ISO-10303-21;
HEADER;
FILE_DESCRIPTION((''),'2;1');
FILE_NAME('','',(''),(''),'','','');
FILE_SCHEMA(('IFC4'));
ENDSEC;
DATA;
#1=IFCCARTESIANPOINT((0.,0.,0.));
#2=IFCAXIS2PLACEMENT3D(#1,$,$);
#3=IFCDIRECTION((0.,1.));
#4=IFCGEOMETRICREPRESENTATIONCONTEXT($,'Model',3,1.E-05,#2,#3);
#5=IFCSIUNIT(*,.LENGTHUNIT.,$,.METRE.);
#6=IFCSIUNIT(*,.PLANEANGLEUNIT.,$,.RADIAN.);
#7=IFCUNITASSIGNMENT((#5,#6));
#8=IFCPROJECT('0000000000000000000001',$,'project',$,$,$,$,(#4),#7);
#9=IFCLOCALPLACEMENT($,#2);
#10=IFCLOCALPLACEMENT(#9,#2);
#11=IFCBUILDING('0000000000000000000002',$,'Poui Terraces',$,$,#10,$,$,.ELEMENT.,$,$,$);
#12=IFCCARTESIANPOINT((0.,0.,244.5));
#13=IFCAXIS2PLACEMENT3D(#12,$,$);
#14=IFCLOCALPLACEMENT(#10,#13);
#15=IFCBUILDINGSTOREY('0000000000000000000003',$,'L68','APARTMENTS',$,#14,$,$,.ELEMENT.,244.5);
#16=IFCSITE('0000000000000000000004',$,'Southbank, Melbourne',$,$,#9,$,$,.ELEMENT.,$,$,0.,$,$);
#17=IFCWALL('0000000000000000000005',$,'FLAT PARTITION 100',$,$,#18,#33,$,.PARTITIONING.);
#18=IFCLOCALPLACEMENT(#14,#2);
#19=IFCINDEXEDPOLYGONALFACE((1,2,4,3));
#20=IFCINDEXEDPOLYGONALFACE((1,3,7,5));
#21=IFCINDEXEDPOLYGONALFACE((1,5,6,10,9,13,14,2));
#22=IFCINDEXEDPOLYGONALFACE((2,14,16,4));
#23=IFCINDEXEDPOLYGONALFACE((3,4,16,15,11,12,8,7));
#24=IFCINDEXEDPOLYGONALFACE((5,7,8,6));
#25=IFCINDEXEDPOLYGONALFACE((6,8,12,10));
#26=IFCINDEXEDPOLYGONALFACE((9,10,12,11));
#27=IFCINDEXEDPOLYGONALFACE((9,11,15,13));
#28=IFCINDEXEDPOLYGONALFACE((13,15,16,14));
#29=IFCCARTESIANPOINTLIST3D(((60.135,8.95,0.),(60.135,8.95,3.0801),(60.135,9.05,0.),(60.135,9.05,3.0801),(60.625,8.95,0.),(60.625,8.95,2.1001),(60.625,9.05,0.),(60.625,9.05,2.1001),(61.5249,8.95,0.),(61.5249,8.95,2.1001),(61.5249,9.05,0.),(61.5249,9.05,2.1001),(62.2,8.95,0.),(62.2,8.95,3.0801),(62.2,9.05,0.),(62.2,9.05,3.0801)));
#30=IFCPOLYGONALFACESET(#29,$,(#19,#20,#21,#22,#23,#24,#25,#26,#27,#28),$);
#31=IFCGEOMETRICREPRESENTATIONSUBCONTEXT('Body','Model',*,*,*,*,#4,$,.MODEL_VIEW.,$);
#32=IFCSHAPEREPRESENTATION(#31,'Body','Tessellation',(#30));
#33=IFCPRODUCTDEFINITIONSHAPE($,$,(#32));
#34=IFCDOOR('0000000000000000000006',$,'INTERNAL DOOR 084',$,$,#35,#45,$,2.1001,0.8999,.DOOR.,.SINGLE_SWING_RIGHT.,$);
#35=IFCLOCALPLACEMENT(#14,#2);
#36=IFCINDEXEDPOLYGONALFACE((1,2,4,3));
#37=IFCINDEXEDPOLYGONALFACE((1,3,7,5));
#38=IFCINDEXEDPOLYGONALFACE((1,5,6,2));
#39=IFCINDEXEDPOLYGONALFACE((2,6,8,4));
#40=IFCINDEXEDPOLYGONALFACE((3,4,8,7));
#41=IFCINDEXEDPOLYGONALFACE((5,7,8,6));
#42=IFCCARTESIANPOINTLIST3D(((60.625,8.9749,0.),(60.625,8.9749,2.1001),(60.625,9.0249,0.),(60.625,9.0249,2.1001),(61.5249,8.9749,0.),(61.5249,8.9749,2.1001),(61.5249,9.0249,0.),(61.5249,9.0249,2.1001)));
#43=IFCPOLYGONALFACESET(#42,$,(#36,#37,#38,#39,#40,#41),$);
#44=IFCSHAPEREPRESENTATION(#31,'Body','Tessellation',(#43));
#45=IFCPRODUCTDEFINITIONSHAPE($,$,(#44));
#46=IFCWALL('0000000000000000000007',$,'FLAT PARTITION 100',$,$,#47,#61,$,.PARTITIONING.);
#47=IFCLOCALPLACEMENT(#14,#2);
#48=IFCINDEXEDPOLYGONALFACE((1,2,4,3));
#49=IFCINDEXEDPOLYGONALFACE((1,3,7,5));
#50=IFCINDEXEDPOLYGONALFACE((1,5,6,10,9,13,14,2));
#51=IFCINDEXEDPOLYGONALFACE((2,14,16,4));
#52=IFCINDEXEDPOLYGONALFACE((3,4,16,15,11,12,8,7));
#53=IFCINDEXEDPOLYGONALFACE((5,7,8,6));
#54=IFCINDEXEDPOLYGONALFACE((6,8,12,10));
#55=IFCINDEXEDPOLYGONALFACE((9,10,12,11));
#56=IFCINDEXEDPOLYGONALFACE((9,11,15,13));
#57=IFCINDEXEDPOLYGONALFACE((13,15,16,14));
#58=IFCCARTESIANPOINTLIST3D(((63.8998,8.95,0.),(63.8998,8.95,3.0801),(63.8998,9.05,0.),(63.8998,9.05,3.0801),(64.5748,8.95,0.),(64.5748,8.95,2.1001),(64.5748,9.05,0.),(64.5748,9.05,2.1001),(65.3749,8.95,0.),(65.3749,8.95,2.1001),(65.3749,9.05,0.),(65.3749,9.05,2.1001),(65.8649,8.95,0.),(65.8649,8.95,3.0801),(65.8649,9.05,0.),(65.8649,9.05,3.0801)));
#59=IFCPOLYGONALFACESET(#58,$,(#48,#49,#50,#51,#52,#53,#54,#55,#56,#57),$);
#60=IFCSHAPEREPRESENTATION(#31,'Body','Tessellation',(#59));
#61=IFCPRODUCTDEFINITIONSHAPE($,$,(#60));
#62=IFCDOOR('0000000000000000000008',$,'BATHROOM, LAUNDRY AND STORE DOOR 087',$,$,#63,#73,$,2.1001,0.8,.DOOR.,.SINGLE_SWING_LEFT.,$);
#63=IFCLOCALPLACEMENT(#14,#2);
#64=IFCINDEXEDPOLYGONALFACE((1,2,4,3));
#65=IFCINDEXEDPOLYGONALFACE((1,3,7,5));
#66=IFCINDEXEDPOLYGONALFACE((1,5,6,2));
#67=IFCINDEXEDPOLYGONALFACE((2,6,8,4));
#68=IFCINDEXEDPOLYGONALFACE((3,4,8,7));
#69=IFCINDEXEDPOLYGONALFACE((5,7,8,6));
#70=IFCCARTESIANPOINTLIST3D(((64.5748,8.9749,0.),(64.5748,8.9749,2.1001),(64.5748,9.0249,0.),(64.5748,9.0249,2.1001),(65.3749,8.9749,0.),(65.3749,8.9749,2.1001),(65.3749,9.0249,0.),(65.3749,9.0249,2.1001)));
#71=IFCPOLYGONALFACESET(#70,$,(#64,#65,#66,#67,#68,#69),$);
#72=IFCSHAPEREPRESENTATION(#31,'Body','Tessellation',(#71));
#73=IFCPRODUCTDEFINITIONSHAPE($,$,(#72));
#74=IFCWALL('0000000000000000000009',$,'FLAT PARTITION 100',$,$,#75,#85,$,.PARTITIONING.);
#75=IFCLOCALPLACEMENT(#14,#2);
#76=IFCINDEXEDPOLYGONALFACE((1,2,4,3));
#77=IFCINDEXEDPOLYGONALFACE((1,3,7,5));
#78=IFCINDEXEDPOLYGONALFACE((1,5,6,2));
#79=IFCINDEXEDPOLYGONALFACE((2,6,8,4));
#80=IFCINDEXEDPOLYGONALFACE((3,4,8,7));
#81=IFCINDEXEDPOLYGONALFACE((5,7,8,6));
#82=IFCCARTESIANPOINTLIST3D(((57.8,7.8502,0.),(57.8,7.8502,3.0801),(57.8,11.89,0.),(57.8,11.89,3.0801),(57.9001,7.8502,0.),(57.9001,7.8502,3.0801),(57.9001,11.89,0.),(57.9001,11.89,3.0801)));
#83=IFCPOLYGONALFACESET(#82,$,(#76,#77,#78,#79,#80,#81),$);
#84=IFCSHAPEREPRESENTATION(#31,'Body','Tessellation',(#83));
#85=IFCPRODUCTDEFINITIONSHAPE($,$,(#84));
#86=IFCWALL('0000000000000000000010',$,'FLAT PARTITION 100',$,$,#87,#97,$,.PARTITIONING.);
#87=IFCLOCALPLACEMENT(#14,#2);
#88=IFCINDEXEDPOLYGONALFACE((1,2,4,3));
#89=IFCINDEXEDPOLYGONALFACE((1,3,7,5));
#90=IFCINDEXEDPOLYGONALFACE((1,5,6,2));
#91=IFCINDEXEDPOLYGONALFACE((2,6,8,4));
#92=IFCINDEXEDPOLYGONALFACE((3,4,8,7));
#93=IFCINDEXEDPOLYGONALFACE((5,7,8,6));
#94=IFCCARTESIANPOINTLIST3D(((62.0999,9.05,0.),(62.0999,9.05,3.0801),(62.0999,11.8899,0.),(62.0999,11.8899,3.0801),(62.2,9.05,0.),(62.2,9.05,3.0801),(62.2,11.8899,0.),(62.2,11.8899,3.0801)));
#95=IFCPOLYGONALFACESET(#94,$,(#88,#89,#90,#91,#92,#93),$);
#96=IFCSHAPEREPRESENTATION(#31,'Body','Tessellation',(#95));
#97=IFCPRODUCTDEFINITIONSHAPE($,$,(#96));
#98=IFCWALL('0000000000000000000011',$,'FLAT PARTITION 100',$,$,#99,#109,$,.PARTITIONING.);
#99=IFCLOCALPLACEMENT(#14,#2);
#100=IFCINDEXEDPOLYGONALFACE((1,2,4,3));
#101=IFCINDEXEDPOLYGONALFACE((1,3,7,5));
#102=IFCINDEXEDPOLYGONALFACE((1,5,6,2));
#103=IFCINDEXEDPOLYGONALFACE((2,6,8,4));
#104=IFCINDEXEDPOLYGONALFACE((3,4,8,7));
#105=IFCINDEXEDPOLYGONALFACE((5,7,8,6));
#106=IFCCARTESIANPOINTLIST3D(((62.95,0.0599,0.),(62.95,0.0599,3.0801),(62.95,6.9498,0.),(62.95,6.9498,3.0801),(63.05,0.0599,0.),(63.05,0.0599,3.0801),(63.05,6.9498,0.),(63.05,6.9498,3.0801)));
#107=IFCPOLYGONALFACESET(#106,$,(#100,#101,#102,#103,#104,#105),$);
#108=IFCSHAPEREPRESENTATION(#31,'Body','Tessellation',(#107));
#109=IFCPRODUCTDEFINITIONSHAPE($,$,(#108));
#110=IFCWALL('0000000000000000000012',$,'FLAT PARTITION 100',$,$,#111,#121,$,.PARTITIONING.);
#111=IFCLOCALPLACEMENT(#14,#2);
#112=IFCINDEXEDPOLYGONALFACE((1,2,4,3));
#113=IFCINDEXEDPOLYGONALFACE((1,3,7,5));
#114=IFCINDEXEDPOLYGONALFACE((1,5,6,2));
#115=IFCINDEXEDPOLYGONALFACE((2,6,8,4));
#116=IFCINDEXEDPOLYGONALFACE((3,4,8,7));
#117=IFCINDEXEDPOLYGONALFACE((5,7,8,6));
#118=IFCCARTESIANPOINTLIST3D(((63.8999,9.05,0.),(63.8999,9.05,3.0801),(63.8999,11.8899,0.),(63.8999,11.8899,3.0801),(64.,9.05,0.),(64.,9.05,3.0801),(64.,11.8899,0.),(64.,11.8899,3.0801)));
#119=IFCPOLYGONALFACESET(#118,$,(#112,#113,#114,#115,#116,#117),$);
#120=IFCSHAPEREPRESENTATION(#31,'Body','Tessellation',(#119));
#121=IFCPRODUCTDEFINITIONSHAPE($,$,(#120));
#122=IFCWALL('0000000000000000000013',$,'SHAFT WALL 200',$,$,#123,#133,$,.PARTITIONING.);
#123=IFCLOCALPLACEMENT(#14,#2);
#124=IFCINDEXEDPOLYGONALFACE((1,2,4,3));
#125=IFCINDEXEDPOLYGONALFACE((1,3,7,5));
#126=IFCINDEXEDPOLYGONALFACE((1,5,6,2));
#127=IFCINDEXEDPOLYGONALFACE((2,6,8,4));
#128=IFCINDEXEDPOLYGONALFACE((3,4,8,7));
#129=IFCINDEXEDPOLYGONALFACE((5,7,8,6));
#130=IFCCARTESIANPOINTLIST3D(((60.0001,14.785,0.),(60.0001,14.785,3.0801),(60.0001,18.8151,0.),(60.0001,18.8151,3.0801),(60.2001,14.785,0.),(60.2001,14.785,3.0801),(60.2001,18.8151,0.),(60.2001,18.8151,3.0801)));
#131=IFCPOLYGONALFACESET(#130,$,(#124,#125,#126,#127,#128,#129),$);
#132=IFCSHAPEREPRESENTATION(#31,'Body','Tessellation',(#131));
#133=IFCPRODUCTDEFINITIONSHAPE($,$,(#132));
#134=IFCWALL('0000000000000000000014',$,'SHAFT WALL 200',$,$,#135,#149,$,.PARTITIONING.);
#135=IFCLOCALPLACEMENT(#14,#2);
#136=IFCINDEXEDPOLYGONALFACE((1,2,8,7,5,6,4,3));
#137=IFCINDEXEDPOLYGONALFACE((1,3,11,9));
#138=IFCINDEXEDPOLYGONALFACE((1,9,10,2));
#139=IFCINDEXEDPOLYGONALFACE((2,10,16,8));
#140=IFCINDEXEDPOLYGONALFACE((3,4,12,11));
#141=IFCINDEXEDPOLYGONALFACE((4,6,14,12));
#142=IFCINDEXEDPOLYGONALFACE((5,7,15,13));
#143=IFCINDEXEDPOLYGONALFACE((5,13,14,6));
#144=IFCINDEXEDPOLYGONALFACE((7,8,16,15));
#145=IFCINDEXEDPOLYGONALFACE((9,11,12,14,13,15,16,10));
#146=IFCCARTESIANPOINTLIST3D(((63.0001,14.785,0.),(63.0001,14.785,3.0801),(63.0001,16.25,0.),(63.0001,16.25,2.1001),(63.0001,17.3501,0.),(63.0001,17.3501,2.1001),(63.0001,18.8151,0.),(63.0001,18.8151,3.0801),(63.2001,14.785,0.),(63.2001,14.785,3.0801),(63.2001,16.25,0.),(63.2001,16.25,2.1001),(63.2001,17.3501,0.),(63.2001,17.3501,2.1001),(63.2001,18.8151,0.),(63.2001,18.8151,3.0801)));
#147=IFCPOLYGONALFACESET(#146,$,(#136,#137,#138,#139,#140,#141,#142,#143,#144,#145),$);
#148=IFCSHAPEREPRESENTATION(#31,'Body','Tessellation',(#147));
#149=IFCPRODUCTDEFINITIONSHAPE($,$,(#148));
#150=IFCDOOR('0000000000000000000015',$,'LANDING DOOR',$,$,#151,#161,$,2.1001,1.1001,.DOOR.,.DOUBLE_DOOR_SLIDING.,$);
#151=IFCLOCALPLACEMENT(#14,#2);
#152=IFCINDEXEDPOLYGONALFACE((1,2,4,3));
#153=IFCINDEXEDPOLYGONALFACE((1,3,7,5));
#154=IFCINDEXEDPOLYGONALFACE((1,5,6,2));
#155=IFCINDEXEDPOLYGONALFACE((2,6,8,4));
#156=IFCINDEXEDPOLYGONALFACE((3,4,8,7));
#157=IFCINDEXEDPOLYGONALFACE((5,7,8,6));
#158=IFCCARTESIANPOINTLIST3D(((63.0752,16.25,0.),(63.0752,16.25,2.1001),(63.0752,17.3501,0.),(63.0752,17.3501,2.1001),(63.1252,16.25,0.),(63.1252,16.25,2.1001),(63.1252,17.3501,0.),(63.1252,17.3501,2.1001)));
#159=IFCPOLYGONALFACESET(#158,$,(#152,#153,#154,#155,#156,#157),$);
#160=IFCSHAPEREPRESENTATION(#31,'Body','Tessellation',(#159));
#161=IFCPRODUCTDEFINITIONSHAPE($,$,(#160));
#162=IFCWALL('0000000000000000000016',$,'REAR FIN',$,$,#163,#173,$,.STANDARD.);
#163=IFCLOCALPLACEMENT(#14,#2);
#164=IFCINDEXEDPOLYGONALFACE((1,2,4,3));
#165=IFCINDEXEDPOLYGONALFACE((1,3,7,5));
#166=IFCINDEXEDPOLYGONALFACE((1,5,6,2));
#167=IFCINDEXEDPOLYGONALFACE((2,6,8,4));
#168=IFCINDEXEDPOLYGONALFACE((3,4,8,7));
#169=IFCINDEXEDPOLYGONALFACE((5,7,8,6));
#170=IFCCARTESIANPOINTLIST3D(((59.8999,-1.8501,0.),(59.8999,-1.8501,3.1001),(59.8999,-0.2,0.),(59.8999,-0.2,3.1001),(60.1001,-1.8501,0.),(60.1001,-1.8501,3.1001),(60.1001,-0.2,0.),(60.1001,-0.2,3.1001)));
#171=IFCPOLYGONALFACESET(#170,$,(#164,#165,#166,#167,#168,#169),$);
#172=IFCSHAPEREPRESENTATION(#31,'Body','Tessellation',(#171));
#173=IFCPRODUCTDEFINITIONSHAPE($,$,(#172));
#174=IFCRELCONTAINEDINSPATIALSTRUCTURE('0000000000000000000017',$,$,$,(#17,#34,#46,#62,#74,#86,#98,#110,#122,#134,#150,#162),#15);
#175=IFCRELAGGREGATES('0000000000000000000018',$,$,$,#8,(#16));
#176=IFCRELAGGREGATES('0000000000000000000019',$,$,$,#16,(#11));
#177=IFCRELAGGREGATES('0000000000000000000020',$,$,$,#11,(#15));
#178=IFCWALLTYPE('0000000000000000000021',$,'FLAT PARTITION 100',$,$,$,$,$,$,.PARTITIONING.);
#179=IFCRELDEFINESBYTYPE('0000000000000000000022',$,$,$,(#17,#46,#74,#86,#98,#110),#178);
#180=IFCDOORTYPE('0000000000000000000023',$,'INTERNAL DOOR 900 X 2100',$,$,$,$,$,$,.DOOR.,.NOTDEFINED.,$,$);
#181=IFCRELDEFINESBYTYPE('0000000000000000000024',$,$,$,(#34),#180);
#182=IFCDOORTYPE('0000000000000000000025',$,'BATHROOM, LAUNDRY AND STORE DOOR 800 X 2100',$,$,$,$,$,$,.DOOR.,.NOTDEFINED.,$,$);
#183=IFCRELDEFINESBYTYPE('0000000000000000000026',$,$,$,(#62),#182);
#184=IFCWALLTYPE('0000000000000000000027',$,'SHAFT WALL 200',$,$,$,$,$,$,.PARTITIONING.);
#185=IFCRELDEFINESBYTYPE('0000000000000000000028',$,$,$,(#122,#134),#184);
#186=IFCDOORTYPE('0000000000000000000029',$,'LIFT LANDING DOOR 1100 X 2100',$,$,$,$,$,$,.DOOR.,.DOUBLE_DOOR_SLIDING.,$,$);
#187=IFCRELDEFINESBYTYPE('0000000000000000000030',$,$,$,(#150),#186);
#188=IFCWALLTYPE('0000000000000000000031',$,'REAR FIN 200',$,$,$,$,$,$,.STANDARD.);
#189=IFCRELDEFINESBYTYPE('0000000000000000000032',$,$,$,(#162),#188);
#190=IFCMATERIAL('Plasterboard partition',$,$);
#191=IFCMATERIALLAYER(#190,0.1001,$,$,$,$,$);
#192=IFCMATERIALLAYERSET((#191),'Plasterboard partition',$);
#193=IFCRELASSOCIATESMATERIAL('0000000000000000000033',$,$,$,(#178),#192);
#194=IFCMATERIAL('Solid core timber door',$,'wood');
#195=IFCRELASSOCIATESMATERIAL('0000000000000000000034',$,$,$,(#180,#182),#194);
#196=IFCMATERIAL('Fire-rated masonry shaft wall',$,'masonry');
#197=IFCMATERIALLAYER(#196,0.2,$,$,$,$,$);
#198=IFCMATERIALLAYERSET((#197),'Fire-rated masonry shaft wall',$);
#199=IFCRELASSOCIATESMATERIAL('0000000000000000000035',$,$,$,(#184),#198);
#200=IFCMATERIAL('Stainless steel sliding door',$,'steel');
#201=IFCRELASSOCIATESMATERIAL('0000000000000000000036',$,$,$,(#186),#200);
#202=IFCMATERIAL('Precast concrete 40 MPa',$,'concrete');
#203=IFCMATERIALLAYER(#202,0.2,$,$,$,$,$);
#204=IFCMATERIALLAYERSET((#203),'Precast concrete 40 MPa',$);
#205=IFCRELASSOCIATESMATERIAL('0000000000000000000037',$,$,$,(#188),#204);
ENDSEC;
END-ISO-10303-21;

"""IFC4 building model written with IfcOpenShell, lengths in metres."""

from ifc_helpers import new_model, si_unit, direction, frame, frame_2d, origin, place, context, subcontext, project, spatial, polyline, rectangle, outline, extrude, source, transform, mapped, material, layer, layer_set, type_object, element, fill, save


model = new_model("IFC4")

# Units and contexts
model_context = context("Model", 3, precision=1e-05, world=origin(), true_north=direction((0.0, 1.0)))
body_context = subcontext(model_context, "Body", "Model", "MODEL_VIEW")
ifc_project = project(units=[si_unit("LENGTHUNIT", "METRE"), si_unit("PLANEANGLEUNIT", "RADIAN")], contexts=[model_context])

# Site, building, storey
site_placement = place(None, origin())
site = spatial("IfcSite", under=ifc_project, at=site_placement, Name="Southbank, Melbourne", CompositionType="ELEMENT", RefElevation=0.0)
building_placement = place(site_placement, origin())
building = spatial("IfcBuilding", under=site, at=building_placement, Name="Poui Terraces", CompositionType="ELEMENT")
storey_placement = place(building_placement, frame((0.0, 0.0, 244.5)))
storey = spatial("IfcBuildingStorey", under=building, at=storey_placement, Name="L68", Description="APARTMENTS", CompositionType="ELEMENT", Elevation=244.5)

# Shared definitions
ifc_material_1 = material(Name="Precast concrete 40 MPa", Category="concrete")

# Walls, openings, doors
ifc_material_2 = material(Name="Plasterboard partition")
ifc_layer_1 = layer(ifc_material_2, 0.1001)
ifc_layer_set_1 = layer_set([ifc_layer_1], Name="Plasterboard partition")
wall_type_1 = type_object("IfcWallType", Name="FLAT PARTITION 100", PredefinedType="PARTITIONING", material=ifc_layer_set_1)
ifc_material_3 = material(Name="Solid core timber door", Category="wood")
door_type_1 = type_object("IfcDoorType", Name="INTERNAL DOOR 900 X 2100", OperationType="NOTDEFINED", PredefinedType="DOOR", material=ifc_material_3)
wall_1_placement = place(storey_placement, frame((60.135, 9.0, 0.0), z_axis=(0.0, 0.0, 1.0), x_axis=(1.0, 0.0, 0.0)))
wall_1 = element("IfcWall", 1, at=wall_1_placement, inside=storey, type_object=wall_type_1, Name="FLAT PARTITION 100", PredefinedType="PARTITIONING", context=body_context, shape_type="SweptSolid", body=[
    extrude(rectangle(XDim=2.0649, YDim=0.1001, at=frame_2d((1.0325, 0.0))), origin(), (0.0, 0.0, 1.0), 3.0801),
])
opening_1_placement = place(wall_1_placement, frame((0.49, 0.0, 0.0)))
opening_1 = element("IfcOpeningElement", 2, at=opening_1_placement, cuts=wall_1, PredefinedType="OPENING", context=body_context, shape_type="SweptSolid", body=[
    extrude(rectangle(XDim=0.8999, YDim=2.1001, at=frame_2d((0.45, 1.05))), frame((0.0, 0.0601, 0.0), z_axis=(0.0, -1.0, 0.0), x_axis=(1.0, 0.0, 0.0)), (0.0, 0.0, 1.0), 0.1201),
])
door_1_placement = place(opening_1_placement, origin())
door_1 = element("IfcDoor", 3, at=door_1_placement, inside=storey, type_object=door_type_1, Name="INTERNAL DOOR 084", OperationType="SINGLE_SWING_RIGHT", OverallHeight=2.1001, OverallWidth=0.8999, PredefinedType="DOOR", context=body_context, shape_type="SweptSolid", body=[
    extrude(rectangle(XDim=0.8999, YDim=2.1001, at=frame_2d((0.45, 1.05))), frame((0.0, 0.0249, 0.0), z_axis=(0.0, -1.0, 0.0), x_axis=(1.0, 0.0, 0.0)), (0.0, 0.0, 1.0), 0.05),
])
fill(opening_1, door_1)
wall_2_placement = place(storey_placement, frame((63.8999, 9.0, 0.0), z_axis=(0.0, 0.0, 1.0), x_axis=(1.0, 0.0, 0.0)))
wall_2 = element("IfcWall", 4, at=wall_2_placement, inside=storey, type_object=wall_type_1, Name="FLAT PARTITION 100", PredefinedType="PARTITIONING", context=body_context, shape_type="SweptSolid", body=[
    extrude(rectangle(XDim=1.9651, YDim=0.1001, at=frame_2d((0.9824, 0.0))), origin(), (0.0, 0.0, 1.0), 3.0801),
])
opening_2_placement = place(wall_2_placement, frame((0.675, 0.0, 0.0)))
opening_2 = element("IfcOpeningElement", 5, at=opening_2_placement, cuts=wall_2, PredefinedType="OPENING", context=body_context, shape_type="SweptSolid", body=[
    extrude(rectangle(XDim=0.8, YDim=2.1001, at=frame_2d((0.3999, 1.05))), frame((0.0, 0.0601, 0.0), z_axis=(0.0, -1.0, 0.0), x_axis=(1.0, 0.0, 0.0)), (0.0, 0.0, 1.0), 0.1201),
])
door_type_2 = type_object("IfcDoorType", Name="BATHROOM, LAUNDRY AND STORE DOOR 800 X 2100", OperationType="NOTDEFINED", PredefinedType="DOOR", material=ifc_material_3)
door_2_placement = place(opening_2_placement, origin())
door_2 = element("IfcDoor", 6, at=door_2_placement, inside=storey, type_object=door_type_2, Name="BATHROOM, LAUNDRY AND STORE DOOR 087", OperationType="SINGLE_SWING_LEFT", OverallHeight=2.1001, OverallWidth=0.8, PredefinedType="DOOR", context=body_context, shape_type="SweptSolid", body=[
    extrude(rectangle(XDim=0.8, YDim=2.1001, at=frame_2d((0.3999, 1.05))), frame((0.0, 0.0249, 0.0), z_axis=(0.0, -1.0, 0.0), x_axis=(1.0, 0.0, 0.0)), (0.0, 0.0, 1.0), 0.05),
])
fill(opening_2, door_2)

# Walls
wall_3_placement = place(storey_placement, frame((57.8501, 7.8501, 0.0), z_axis=(0.0, 0.0, 1.0), x_axis=(0.0, 1.0, 0.0)))
element("IfcWall", 7, at=wall_3_placement, inside=storey, type_object=wall_type_1, Name="FLAT PARTITION 100", PredefinedType="PARTITIONING", context=body_context, shape_type="SweptSolid", body=[
    extrude(rectangle(XDim=4.0398, YDim=0.1001, at=frame_2d((2.02, 0.0))), origin(), (0.0, 0.0, 1.0), 3.0801),
])
wall_4_placement = place(storey_placement, frame((62.1499, 9.05, 0.0), z_axis=(0.0, 0.0, 1.0), x_axis=(0.0, 1.0, 0.0)))
element("IfcWall", 8, at=wall_4_placement, inside=storey, type_object=wall_type_1, Name="FLAT PARTITION 100", PredefinedType="PARTITIONING", context=body_context, shape_type="SweptSolid", body=[
    extrude(rectangle(XDim=2.8398, YDim=0.1001, at=frame_2d((1.4199, 0.0))), origin(), (0.0, 0.0, 1.0), 3.0801),
])
wall_5_placement = place(storey_placement, frame((63.0, 0.0601, 0.0), z_axis=(0.0, 0.0, 1.0), x_axis=(0.0, 1.0, 0.0)))
element("IfcWall", 9, at=wall_5_placement, inside=storey, type_object=wall_type_1, Name="FLAT PARTITION 100", PredefinedType="PARTITIONING", context=body_context, shape_type="SweptSolid", body=[
    extrude(rectangle(XDim=6.8899, YDim=0.1001, at=frame_2d((3.4448, 0.0))), origin(), (0.0, 0.0, 1.0), 3.0801),
])
wall_6_placement = place(storey_placement, frame((63.95, 9.05, 0.0), z_axis=(0.0, 0.0, 1.0), x_axis=(0.0, 1.0, 0.0)))
element("IfcWall", 10, at=wall_6_placement, inside=storey, type_object=wall_type_1, Name="FLAT PARTITION 100", PredefinedType="PARTITIONING", context=body_context, shape_type="SweptSolid", body=[
    extrude(rectangle(XDim=2.8398, YDim=0.1001, at=frame_2d((1.4199, 0.0))), origin(), (0.0, 0.0, 1.0), 3.0801),
])
ifc_material_4 = material(Name="Fire-rated masonry shaft wall", Category="masonry")
ifc_layer_2 = layer(ifc_material_4, 0.2)
ifc_layer_set_2 = layer_set([ifc_layer_2], Name="Fire-rated masonry shaft wall")
wall_type_2 = type_object("IfcWallType", Name="SHAFT WALL 200", PredefinedType="PARTITIONING", material=ifc_layer_set_2)
wall_7_placement = place(storey_placement, frame((60.1001, 14.7849, 0.0), z_axis=(0.0, 0.0, 1.0), x_axis=(0.0, 1.0, 0.0)))
element("IfcWall", 11, at=wall_7_placement, inside=storey, type_object=wall_type_2, Name="SHAFT WALL 200", PredefinedType="PARTITIONING", context=body_context, shape_type="SweptSolid", body=[
    extrude(rectangle(XDim=4.03, YDim=0.2, at=frame_2d((2.0151, 0.0))), origin(), (0.0, 0.0, 1.0), 3.0801),
])

# Wall, opening, door
wall_8_placement = place(storey_placement, frame((63.1001, 14.7849, 0.0), z_axis=(0.0, 0.0, 1.0), x_axis=(0.0, 1.0, 0.0)))
wall_8 = element("IfcWall", 12, at=wall_8_placement, inside=storey, type_object=wall_type_2, Name="SHAFT WALL 200", PredefinedType="PARTITIONING", context=body_context, shape_type="SweptSolid", body=[
    extrude(rectangle(XDim=4.03, YDim=0.2, at=frame_2d((2.0151, 0.0))), origin(), (0.0, 0.0, 1.0), 3.0801),
])
opening_3_placement = place(wall_8_placement, frame((1.4651, 0.0, 0.0)))
opening_3 = element("IfcOpeningElement", 13, at=opening_3_placement, cuts=wall_8, PredefinedType="OPENING", context=body_context, shape_type="SweptSolid", body=[
    extrude(rectangle(XDim=1.1001, YDim=2.1001, at=frame_2d((0.55, 1.05))), frame((0.0, 0.1099, 0.0), z_axis=(0.0, -1.0, 0.0), x_axis=(1.0, 0.0, 0.0)), (0.0, 0.0, 1.0), 0.22),
])
ifc_material_5 = material(Name="Stainless steel sliding door", Category="steel")
door_type_3 = type_object("IfcDoorType", Name="LIFT LANDING DOOR 1100 X 2100", OperationType="DOUBLE_DOOR_SLIDING", PredefinedType="DOOR", material=ifc_material_5)
door_3_placement = place(opening_3_placement, origin())
door_3 = element("IfcDoor", 14, at=door_3_placement, inside=storey, type_object=door_type_3, Name="LANDING DOOR", OperationType="DOUBLE_DOOR_SLIDING", OverallHeight=2.1001, OverallWidth=1.1001, PredefinedType="DOOR", context=body_context, shape_type="SweptSolid", body=[
    extrude(rectangle(XDim=1.1001, YDim=2.1001, at=frame_2d((0.55, 1.05))), frame((0.0, 0.0249, 0.0), z_axis=(0.0, -1.0, 0.0), x_axis=(1.0, 0.0, 0.0)), (0.0, 0.0, 1.0), 0.05),
])
fill(opening_3, door_3)

# Wall
ifc_layer_3 = layer(ifc_material_1, 0.2)
ifc_layer_set_3 = layer_set([ifc_layer_3], Name="Precast concrete 40 MPa")
wall_type_3 = type_object("IfcWallType", Name="REAR FIN 200", PredefinedType="STANDARD", material=ifc_layer_set_3)
shared_shape_1 = source(origin(), body_context, "Body", "SweptSolid", [
    extrude(outline(polyline([(0.0, 0.0), (0.2002, 0.0), (0.2002, 1.6501), (0.0, 1.6501), (0.0, 0.0)])), origin(), (0.0, 0.0, 1.0), 3.1001),
])
for number, where, name in (
    (15, (59.8999, -1.8501, 0.0), "REAR FIN"),
):
    element("IfcWall", number, at=place(storey_placement, frame(where)), inside=storey, type_object=wall_type_3, Name=name, PredefinedType="STANDARD", context=body_context, shape_type="MappedRepresentation", body=[
        mapped(shared_shape_1, transform((0.0, 0.0, 0.0))),
    ])

save(model, "model.ifc")
